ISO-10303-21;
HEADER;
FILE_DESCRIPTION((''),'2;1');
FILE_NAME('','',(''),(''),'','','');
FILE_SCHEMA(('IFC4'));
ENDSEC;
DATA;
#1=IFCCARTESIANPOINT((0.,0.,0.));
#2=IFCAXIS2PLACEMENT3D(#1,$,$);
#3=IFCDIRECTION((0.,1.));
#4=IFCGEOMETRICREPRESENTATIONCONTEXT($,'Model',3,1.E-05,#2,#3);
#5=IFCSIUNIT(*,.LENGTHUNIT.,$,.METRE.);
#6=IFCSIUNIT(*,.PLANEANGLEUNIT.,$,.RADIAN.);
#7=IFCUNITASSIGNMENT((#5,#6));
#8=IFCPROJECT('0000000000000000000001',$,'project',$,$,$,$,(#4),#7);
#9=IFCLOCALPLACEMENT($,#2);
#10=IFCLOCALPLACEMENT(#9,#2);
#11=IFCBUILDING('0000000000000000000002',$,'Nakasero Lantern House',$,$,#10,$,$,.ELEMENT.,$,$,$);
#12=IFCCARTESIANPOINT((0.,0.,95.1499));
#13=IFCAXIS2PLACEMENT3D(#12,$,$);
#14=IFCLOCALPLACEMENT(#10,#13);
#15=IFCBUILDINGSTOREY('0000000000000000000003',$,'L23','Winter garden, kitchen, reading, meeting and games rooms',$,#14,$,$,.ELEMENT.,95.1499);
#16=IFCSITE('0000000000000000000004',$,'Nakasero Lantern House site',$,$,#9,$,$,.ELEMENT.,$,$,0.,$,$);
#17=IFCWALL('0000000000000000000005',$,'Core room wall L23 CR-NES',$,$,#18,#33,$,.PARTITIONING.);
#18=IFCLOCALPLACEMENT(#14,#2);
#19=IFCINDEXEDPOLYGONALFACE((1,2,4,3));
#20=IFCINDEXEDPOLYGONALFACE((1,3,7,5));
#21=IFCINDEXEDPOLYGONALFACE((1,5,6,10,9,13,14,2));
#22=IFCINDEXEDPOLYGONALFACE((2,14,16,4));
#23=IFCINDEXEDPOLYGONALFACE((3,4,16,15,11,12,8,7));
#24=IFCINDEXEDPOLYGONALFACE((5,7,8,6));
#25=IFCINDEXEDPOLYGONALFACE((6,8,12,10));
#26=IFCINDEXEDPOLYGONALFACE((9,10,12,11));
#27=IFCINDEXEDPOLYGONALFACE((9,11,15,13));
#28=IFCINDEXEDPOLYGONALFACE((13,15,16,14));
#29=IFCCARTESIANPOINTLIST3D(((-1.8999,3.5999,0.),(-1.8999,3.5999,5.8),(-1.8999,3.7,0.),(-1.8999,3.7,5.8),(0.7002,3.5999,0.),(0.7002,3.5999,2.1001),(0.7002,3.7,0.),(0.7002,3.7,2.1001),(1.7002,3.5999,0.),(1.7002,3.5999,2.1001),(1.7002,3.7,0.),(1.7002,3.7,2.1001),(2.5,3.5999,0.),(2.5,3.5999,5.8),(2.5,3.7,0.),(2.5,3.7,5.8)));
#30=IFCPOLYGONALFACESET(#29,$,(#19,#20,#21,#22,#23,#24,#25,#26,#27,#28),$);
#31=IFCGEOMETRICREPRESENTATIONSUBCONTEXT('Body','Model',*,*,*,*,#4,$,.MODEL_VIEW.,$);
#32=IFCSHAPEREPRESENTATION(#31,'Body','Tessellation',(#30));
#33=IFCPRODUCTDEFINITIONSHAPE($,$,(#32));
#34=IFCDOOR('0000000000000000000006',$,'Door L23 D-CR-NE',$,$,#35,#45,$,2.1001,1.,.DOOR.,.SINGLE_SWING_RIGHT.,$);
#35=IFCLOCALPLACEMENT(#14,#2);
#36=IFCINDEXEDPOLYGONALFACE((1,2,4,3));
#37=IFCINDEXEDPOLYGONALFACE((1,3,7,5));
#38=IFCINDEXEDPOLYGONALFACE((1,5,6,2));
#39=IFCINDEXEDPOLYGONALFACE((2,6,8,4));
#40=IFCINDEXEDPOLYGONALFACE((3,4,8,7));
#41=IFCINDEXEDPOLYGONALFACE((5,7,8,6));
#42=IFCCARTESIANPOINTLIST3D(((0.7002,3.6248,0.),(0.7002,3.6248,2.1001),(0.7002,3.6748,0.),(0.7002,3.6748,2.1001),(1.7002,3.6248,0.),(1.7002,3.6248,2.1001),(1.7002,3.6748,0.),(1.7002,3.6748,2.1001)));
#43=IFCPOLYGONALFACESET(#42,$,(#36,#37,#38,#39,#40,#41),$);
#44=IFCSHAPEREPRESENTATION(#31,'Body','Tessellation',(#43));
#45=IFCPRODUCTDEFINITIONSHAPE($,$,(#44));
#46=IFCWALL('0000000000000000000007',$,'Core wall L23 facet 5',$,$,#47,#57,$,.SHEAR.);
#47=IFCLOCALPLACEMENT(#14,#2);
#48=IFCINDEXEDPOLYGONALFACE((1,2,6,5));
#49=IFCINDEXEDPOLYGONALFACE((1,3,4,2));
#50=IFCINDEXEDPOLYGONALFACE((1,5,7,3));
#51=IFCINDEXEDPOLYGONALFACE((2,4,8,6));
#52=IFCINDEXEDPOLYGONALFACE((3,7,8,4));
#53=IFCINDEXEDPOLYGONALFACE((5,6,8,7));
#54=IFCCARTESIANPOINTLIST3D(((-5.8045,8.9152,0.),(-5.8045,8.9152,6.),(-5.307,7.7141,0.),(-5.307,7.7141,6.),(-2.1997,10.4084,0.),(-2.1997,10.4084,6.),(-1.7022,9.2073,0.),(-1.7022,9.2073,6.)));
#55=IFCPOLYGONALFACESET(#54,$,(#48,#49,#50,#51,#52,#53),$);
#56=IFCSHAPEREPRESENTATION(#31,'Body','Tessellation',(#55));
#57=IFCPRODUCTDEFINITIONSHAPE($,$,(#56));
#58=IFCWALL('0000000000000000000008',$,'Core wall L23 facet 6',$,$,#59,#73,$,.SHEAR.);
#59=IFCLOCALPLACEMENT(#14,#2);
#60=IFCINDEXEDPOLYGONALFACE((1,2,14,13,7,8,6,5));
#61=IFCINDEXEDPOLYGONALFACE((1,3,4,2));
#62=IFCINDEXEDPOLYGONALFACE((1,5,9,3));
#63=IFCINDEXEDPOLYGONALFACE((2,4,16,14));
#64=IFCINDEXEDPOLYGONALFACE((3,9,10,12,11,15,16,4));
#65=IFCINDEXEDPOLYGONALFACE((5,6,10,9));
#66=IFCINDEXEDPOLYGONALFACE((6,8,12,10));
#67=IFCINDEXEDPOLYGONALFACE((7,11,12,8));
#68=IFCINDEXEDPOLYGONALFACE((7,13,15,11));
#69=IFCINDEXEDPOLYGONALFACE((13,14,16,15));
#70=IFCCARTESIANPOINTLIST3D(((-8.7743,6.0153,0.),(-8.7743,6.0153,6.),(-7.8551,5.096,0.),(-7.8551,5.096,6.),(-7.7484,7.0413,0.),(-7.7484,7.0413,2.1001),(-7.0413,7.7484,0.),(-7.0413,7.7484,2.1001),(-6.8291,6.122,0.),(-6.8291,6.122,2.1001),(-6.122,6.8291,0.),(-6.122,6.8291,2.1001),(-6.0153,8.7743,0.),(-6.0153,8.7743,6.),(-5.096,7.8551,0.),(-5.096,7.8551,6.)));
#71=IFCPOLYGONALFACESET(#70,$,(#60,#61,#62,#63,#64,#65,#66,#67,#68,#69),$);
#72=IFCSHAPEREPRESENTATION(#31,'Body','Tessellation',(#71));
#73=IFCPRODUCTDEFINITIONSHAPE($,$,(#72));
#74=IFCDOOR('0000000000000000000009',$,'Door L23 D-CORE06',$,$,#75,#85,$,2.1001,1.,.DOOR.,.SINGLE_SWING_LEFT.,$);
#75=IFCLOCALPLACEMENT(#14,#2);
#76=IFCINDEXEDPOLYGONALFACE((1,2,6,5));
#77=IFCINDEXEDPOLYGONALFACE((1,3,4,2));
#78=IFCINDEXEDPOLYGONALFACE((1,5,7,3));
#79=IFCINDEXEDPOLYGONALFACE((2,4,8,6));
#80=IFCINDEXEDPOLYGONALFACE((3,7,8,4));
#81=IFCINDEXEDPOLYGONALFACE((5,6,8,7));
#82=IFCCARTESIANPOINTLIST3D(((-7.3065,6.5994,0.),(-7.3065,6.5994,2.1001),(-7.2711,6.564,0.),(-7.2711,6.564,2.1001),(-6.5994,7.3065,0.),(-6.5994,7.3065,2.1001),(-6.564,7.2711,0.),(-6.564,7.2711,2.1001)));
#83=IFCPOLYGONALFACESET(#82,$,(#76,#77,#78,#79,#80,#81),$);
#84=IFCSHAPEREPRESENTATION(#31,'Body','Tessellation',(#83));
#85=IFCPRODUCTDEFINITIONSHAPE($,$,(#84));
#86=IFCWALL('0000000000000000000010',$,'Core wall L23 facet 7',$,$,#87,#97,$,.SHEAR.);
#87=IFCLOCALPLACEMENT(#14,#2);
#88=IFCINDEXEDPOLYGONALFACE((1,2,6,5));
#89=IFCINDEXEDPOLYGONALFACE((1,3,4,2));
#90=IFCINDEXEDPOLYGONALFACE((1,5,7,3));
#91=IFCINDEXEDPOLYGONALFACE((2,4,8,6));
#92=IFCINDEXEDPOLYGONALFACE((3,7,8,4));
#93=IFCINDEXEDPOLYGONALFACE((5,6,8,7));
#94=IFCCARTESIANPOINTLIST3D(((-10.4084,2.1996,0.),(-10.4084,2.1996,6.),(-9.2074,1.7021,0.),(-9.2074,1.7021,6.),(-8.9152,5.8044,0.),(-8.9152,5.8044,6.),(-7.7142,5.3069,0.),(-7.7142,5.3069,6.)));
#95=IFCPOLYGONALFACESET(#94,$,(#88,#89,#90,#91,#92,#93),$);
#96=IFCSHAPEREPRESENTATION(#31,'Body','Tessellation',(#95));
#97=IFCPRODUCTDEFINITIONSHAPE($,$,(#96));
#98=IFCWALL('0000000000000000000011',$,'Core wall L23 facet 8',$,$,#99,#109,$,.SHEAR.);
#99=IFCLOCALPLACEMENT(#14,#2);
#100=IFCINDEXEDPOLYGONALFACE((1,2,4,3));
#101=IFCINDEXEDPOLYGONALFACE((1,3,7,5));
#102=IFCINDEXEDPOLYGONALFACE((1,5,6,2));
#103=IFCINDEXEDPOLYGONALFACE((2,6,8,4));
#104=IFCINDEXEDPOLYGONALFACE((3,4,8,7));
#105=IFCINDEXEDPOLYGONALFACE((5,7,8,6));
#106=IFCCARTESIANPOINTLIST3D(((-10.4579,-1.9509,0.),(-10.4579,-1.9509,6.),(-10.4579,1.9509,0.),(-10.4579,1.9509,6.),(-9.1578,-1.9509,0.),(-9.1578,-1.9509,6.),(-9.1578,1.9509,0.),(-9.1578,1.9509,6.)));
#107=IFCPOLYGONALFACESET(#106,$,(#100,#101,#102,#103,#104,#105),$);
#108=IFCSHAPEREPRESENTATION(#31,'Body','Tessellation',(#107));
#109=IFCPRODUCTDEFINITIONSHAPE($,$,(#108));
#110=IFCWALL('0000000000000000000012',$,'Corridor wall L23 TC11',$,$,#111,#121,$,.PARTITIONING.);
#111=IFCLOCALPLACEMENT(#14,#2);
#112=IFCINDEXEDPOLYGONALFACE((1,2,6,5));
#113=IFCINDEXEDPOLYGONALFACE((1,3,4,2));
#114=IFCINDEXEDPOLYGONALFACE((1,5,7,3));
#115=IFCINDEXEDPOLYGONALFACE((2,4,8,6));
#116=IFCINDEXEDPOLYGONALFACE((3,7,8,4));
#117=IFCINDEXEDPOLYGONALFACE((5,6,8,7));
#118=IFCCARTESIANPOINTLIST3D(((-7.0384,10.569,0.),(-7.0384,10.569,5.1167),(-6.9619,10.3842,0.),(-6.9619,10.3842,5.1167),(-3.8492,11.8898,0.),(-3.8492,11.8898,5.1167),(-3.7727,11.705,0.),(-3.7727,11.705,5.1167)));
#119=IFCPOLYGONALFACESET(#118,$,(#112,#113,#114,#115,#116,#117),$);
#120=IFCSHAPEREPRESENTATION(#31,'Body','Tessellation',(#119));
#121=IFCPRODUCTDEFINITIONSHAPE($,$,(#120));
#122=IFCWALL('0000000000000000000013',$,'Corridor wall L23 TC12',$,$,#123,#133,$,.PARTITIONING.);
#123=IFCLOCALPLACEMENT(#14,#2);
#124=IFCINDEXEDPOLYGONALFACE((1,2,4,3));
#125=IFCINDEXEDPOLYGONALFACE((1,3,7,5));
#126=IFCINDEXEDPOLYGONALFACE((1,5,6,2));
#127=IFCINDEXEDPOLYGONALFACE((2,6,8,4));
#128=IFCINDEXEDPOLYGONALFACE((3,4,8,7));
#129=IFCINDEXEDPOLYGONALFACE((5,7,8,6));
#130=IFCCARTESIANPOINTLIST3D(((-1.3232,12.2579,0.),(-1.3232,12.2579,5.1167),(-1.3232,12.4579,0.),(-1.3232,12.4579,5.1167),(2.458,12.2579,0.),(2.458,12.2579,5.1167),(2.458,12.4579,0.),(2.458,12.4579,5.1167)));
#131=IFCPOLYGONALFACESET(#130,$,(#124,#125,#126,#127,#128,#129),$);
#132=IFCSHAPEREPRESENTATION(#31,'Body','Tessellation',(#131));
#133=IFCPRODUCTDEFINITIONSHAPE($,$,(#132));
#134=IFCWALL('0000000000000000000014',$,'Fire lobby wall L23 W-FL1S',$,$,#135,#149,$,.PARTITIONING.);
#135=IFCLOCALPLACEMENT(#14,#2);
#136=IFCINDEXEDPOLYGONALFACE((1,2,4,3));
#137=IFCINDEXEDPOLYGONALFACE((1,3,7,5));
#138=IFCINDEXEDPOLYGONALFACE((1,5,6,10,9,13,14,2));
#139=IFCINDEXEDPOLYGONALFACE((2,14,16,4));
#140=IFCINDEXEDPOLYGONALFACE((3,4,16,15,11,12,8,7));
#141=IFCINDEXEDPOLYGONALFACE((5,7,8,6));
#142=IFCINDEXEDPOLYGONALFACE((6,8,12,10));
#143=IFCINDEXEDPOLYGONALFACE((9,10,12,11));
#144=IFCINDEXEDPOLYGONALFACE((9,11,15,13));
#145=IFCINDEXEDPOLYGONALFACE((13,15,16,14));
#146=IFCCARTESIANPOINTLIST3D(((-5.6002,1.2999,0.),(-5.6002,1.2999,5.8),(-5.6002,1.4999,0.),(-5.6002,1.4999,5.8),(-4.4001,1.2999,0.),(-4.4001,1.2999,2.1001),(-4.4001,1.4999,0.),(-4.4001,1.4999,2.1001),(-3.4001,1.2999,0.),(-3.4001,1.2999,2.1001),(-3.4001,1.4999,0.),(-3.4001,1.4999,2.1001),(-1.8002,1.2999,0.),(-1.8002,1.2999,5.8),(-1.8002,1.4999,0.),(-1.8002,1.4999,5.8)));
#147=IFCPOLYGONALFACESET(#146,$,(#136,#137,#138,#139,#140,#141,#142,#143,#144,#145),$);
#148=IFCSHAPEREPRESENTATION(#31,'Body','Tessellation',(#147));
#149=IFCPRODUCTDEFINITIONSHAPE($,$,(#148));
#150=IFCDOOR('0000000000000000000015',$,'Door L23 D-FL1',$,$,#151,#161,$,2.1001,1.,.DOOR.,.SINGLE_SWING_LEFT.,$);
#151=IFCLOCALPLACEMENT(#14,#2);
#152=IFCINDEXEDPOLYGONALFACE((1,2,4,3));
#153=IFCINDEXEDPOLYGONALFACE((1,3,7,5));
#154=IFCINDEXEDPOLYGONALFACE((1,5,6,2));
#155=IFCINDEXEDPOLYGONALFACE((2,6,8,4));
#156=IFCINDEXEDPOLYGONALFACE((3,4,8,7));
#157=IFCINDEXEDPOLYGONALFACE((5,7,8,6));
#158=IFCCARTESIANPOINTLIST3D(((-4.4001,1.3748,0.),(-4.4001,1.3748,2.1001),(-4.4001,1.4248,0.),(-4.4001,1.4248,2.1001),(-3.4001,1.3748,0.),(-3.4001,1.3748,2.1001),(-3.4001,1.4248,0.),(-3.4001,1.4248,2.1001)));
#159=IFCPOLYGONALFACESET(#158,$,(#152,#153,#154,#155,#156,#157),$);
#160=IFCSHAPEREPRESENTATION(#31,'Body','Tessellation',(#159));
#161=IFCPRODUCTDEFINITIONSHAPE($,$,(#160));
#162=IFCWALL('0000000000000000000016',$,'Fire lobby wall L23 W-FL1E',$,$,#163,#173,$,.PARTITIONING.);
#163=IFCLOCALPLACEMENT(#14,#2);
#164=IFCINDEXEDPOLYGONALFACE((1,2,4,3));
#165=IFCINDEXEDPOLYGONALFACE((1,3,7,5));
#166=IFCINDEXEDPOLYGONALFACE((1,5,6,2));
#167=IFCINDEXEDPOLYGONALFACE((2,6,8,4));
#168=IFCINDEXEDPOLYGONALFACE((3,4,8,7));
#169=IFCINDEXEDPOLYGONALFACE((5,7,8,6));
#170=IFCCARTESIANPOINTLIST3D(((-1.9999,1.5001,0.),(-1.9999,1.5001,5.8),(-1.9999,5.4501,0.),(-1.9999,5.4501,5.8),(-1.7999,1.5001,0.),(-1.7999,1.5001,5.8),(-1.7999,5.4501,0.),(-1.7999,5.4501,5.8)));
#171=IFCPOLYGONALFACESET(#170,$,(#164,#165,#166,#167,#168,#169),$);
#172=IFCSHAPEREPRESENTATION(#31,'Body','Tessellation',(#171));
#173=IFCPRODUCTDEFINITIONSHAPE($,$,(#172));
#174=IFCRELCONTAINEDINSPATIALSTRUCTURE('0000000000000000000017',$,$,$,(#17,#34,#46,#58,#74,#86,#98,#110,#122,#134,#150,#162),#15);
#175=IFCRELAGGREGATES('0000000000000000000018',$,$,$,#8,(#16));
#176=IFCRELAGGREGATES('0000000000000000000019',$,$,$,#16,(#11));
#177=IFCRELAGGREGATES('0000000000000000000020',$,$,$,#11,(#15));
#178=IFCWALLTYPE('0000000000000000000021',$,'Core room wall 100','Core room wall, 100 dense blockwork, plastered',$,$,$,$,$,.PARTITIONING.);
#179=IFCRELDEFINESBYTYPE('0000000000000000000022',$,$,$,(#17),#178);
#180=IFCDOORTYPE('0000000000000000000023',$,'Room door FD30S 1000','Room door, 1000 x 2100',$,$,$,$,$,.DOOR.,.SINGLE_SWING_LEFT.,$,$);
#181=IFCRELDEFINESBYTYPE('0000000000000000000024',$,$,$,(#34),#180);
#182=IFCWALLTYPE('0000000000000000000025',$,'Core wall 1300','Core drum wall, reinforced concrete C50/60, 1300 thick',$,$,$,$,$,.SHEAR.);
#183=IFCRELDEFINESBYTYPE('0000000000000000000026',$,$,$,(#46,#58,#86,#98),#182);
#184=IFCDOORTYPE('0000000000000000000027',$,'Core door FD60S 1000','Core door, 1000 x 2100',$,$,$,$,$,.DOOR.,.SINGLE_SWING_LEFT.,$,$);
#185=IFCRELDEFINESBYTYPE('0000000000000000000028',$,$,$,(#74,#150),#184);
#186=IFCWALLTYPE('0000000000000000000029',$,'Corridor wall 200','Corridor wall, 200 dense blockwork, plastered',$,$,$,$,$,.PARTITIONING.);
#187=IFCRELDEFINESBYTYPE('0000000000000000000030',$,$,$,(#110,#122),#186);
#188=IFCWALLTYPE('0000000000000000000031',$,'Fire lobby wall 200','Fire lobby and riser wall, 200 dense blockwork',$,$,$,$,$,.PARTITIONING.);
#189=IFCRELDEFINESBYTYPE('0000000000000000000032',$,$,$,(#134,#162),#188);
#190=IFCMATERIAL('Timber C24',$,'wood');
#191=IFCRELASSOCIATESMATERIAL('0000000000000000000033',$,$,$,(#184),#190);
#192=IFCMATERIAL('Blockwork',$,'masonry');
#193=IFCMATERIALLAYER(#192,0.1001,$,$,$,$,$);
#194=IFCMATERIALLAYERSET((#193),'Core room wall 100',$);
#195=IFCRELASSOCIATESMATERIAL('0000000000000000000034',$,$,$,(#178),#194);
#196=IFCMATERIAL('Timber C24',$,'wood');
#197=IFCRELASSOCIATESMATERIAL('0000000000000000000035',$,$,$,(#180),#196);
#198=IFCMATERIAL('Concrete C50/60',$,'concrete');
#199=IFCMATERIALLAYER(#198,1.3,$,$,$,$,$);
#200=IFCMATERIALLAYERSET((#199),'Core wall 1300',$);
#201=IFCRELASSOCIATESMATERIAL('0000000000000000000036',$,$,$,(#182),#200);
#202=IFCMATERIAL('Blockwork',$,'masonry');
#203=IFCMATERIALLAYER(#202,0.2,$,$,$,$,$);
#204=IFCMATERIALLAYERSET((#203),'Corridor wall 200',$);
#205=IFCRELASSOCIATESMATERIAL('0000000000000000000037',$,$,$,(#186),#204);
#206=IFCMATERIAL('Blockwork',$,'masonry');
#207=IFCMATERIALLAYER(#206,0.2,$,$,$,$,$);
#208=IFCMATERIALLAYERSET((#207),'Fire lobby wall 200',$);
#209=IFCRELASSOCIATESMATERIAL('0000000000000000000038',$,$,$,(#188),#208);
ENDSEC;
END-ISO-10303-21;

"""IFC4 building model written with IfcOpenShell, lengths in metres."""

from ifc_helpers import new_model, si_unit, direction, frame, frame_2d, origin, place, context, subcontext, project, spatial, rectangle, extrude, material, layer, layer_set, type_object, element, fill, save


model = new_model("IFC4")

# Units and contexts
model_context = context("Model", 3, precision=1e-05, world=origin(), true_north=direction((0.0, 1.0)))
body_context = subcontext(model_context, "Body", "Model", "MODEL_VIEW")
ifc_project = project(units=[si_unit("LENGTHUNIT", "METRE"), si_unit("PLANEANGLEUNIT", "RADIAN")], contexts=[model_context])

# Site, building, storey
site_placement = place(None, origin())
site = spatial("IfcSite", under=ifc_project, at=site_placement, Name="Nakasero Lantern House site", CompositionType="ELEMENT", RefElevation=0.0)
building_placement = place(site_placement, origin())
building = spatial("IfcBuilding", under=site, at=building_placement, Name="Nakasero Lantern House", CompositionType="ELEMENT")
storey_placement = place(building_placement, frame((0.0, 0.0, 95.1499)))
storey = spatial("IfcBuildingStorey", under=building, at=storey_placement, Name="L23", Description="Winter garden, kitchen, reading, meeting and games rooms", CompositionType="ELEMENT", Elevation=95.1499)

# Shared definitions
ifc_material_1 = material(Name="Timber C24", Category="wood")
door_type_1 = type_object("IfcDoorType", Name="Core door FD60S 1000", Description="Core door, 1000 x 2100", OperationType="SINGLE_SWING_LEFT", PredefinedType="DOOR", material=ifc_material_1)

# Wall, opening, door
ifc_material_2 = material(Name="Blockwork", Category="masonry")
ifc_layer_1 = layer(ifc_material_2, 0.1001)
ifc_layer_set_1 = layer_set([ifc_layer_1], Name="Core room wall 100")
wall_type_1 = type_object("IfcWallType", Name="Core room wall 100", Description="Core room wall, 100 dense blockwork, plastered", PredefinedType="PARTITIONING", material=ifc_layer_set_1)
wall_1_placement = place(storey_placement, frame((-1.8999, 3.6499, 0.0), z_axis=(0.0, 0.0, 1.0), x_axis=(1.0, 0.0, 0.0)))
wall_1 = element("IfcWall", 1, at=wall_1_placement, inside=storey, type_object=wall_type_1, Name="Core room wall L23 CR-NES", PredefinedType="PARTITIONING", context=body_context, shape_type="SweptSolid", body=[
    extrude(rectangle(XDim=4.3999, YDim=0.1001, at=frame_2d((2.2, 0.0))), origin(), (0.0, 0.0, 1.0), 5.8),
])
opening_1_placement = place(wall_1_placement, frame((2.6001, 0.0, 0.0)))
opening_1 = element("IfcOpeningElement", 2, at=opening_1_placement, cuts=wall_1, PredefinedType="OPENING", context=body_context, shape_type="SweptSolid", body=[
    extrude(rectangle(XDim=1.0, YDim=2.1001, at=frame_2d((0.5, 1.05))), frame((0.0, 0.0701, 0.0), z_axis=(0.0, -1.0, 0.0), x_axis=(1.0, 0.0, 0.0)), (0.0, 0.0, 1.0), 0.1401),
])
ifc_material_3 = material(Name="Timber C24", Category="wood")
door_type_2 = type_object("IfcDoorType", Name="Room door FD30S 1000", Description="Room door, 1000 x 2100", OperationType="SINGLE_SWING_LEFT", PredefinedType="DOOR", material=ifc_material_3)
door_1_placement = place(opening_1_placement, origin())
door_1 = element("IfcDoor", 3, at=door_1_placement, inside=storey, type_object=door_type_2, Name="Door L23 D-CR-NE", OperationType="SINGLE_SWING_RIGHT", OverallHeight=2.1001, OverallWidth=1.0, PredefinedType="DOOR", context=body_context, shape_type="SweptSolid", body=[
    extrude(rectangle(XDim=1.0, YDim=2.1001, at=frame_2d((0.5, 1.05))), frame((0.0, 0.0249, 0.0), z_axis=(0.0, -1.0, 0.0), x_axis=(1.0, 0.0, 0.0)), (0.0, 0.0, 1.0), 0.05),
])
fill(opening_1, door_1)

# Wall
ifc_material_4 = material(Name="Concrete C50/60", Category="concrete")
ifc_layer_2 = layer(ifc_material_4, 1.3)
ifc_layer_set_2 = layer_set([ifc_layer_2], Name="Core wall 1300")
wall_type_2 = type_object("IfcWallType", Name="Core wall 1300", Description="Core drum wall, reinforced concrete C50/60, 1300 thick", PredefinedType="SHEAR", material=ifc_layer_set_2)
wall_2_placement = place(storey_placement, frame((-1.9509, 9.8079, 0.0), z_axis=(0.0, 0.0, 1.0), x_axis=(-0.923877, -0.382691, 0.0)))
element("IfcWall", 4, at=wall_2_placement, inside=storey, type_object=wall_type_2, Name="Core wall L23 facet 5", PredefinedType="SHEAR", context=body_context, shape_type="SweptSolid", body=[
    extrude(rectangle(XDim=3.9019, YDim=1.3, at=frame_2d((1.9509, 0.0))), origin(), (0.0, 0.0, 1.0), 6.0),
])

# Wall, opening, door
wall_3_placement = place(storey_placement, frame((-5.5557, 8.3147, 0.0), z_axis=(0.0, 0.0, 1.0), x_axis=(-0.707107, -0.707107, 0.0)))
wall_3 = element("IfcWall", 5, at=wall_3_placement, inside=storey, type_object=wall_type_2, Name="Core wall L23 facet 6", PredefinedType="SHEAR", context=body_context, shape_type="SweptSolid", body=[
    extrude(rectangle(XDim=3.9019, YDim=1.3, at=frame_2d((1.9509, 0.0))), origin(), (0.0, 0.0, 1.0), 6.0),
])
opening_2_placement = place(wall_3_placement, frame((1.4509, 0.0, 0.0)))
opening_2 = element("IfcOpeningElement", 6, at=opening_2_placement, cuts=wall_3, PredefinedType="OPENING", context=body_context, shape_type="SweptSolid", body=[
    extrude(rectangle(XDim=1.0, YDim=2.1001, at=frame_2d((0.5, 1.05))), frame((0.0, 0.6699, 0.0), z_axis=(0.0, -1.0, 0.0), x_axis=(1.0, 0.0, 0.0)), (0.0, 0.0, 1.0), 1.3401),
])
door_2_placement = place(opening_2_placement, origin())
door_2 = element("IfcDoor", 7, at=door_2_placement, inside=storey, type_object=door_type_1, Name="Door L23 D-CORE06", OperationType="SINGLE_SWING_LEFT", OverallHeight=2.1001, OverallWidth=1.0, PredefinedType="DOOR", context=body_context, shape_type="SweptSolid", body=[
    extrude(rectangle(XDim=1.0, YDim=2.1001, at=frame_2d((0.5, 1.05))), frame((0.0, 0.0249, 0.0), z_axis=(0.0, -1.0, 0.0), x_axis=(1.0, 0.0, 0.0)), (0.0, 0.0, 1.0), 0.05),
])
fill(opening_2, door_2)

# Walls
for number, where, z_axis, x_axis, name in (
    (8, (-8.3147, 5.5557, 0.0), (0.0, 0.0, 1.0), (-0.382691, -0.923877, 0.0), "Core wall L23 facet 7"),
    (9, (-9.8079, 1.9509, 0.0), (0.0, 0.0, 1.0), (0.0, -1.0, 0.0), "Core wall L23 facet 8"),
):
    element("IfcWall", number, at=place(storey_placement, frame(where, z_axis=z_axis, x_axis=x_axis)), inside=storey, type_object=wall_type_2, Name=name, PredefinedType="SHEAR", context=body_context, shape_type="SweptSolid", body=[
        extrude(rectangle(XDim=3.9019, YDim=1.3, at=frame_2d((1.9509, 0.0))), origin(), (0.0, 0.0, 1.0), 6.0),
    ])
ifc_material_5 = material(Name="Blockwork", Category="masonry")
ifc_layer_3 = layer(ifc_material_5, 0.2)
ifc_layer_set_3 = layer_set([ifc_layer_3], Name="Corridor wall 200")
wall_type_3 = type_object("IfcWallType", Name="Corridor wall 200", Description="Corridor wall, 200 dense blockwork, plastered", PredefinedType="PARTITIONING", material=ifc_layer_set_3)
wall_4_placement = place(storey_placement, frame((-7.0002, 10.4766, 0.0), z_axis=(0.0, 0.0, 1.0), x_axis=(0.923901, 0.382631, 0.0)))
element("IfcWall", 10, at=wall_4_placement, inside=storey, type_object=wall_type_3, Name="Corridor wall L23 TC11", PredefinedType="PARTITIONING", context=body_context, shape_type="SweptSolid", body=[
    extrude(rectangle(XDim=3.4519, YDim=0.2, at=frame_2d((1.7261, 0.0))), origin(), (0.0, 0.0, 1.0), 5.1167),
])
wall_5_placement = place(storey_placement, frame((-1.3232, 12.3579, 0.0), z_axis=(0.0, 0.0, 1.0), x_axis=(1.0, 0.0, 0.0)))
element("IfcWall", 11, at=wall_5_placement, inside=storey, type_object=wall_type_3, Name="Corridor wall L23 TC12", PredefinedType="PARTITIONING", context=body_context, shape_type="SweptSolid", body=[
    extrude(rectangle(XDim=3.7812, YDim=0.2, at=frame_2d((1.8906, 0.0))), origin(), (0.0, 0.0, 1.0), 5.1167),
])

# Wall, opening, door
ifc_material_6 = material(Name="Blockwork", Category="masonry")
ifc_layer_4 = layer(ifc_material_6, 0.2)
ifc_layer_set_4 = layer_set([ifc_layer_4], Name="Fire lobby wall 200")
wall_type_4 = type_object("IfcWallType", Name="Fire lobby wall 200", Description="Fire lobby and riser wall, 200 dense blockwork", PredefinedType="PARTITIONING", material=ifc_layer_set_4)
wall_6_placement = place(storey_placement, frame((-5.6001, 1.3999, 0.0), z_axis=(0.0, 0.0, 1.0), x_axis=(1.0, 0.0, 0.0)))
wall_6 = element("IfcWall", 12, at=wall_6_placement, inside=storey, type_object=wall_type_4, Name="Fire lobby wall L23 W-FL1S", PredefinedType="PARTITIONING", context=body_context, shape_type="SweptSolid", body=[
    extrude(rectangle(XDim=3.8, YDim=0.2, at=frame_2d((1.8999, 0.0))), origin(), (0.0, 0.0, 1.0), 5.8),
])
opening_3_placement = place(wall_6_placement, frame((1.2, 0.0, 0.0)))
opening_3 = element("IfcOpeningElement", 13, at=opening_3_placement, cuts=wall_6, PredefinedType="OPENING", context=body_context, shape_type="SweptSolid", body=[
    extrude(rectangle(XDim=1.0, YDim=2.1001, at=frame_2d((0.5, 1.05))), frame((0.0, 0.1199, 0.0), z_axis=(0.0, -1.0, 0.0), x_axis=(1.0, 0.0, 0.0)), (0.0, 0.0, 1.0), 0.24),
])
door_3_placement = place(opening_3_placement, origin())
door_3 = element("IfcDoor", 14, at=door_3_placement, inside=storey, type_object=door_type_1, Name="Door L23 D-FL1", OperationType="SINGLE_SWING_LEFT", OverallHeight=2.1001, OverallWidth=1.0, PredefinedType="DOOR", context=body_context, shape_type="SweptSolid", body=[
    extrude(rectangle(XDim=1.0, YDim=2.1001, at=frame_2d((0.5, 1.05))), frame((0.0, 0.0249, 0.0), z_axis=(0.0, -1.0, 0.0), x_axis=(1.0, 0.0, 0.0)), (0.0, 0.0, 1.0), 0.05),
])
fill(opening_3, door_3)

# Wall
wall_7_placement = place(storey_placement, frame((-1.8999, 1.5, 0.0), z_axis=(0.0, 0.0, 1.0), x_axis=(0.0, 1.0, 0.0)))
element("IfcWall", 15, at=wall_7_placement, inside=storey, type_object=wall_type_4, Name="Fire lobby wall L23 W-FL1E", PredefinedType="PARTITIONING", context=body_context, shape_type="SweptSolid", body=[
    extrude(rectangle(XDim=3.95, YDim=0.2, at=frame_2d((1.9751, 0.0))), origin(), (0.0, 0.0, 1.0), 5.8),
])

save(model, "model.ifc")
